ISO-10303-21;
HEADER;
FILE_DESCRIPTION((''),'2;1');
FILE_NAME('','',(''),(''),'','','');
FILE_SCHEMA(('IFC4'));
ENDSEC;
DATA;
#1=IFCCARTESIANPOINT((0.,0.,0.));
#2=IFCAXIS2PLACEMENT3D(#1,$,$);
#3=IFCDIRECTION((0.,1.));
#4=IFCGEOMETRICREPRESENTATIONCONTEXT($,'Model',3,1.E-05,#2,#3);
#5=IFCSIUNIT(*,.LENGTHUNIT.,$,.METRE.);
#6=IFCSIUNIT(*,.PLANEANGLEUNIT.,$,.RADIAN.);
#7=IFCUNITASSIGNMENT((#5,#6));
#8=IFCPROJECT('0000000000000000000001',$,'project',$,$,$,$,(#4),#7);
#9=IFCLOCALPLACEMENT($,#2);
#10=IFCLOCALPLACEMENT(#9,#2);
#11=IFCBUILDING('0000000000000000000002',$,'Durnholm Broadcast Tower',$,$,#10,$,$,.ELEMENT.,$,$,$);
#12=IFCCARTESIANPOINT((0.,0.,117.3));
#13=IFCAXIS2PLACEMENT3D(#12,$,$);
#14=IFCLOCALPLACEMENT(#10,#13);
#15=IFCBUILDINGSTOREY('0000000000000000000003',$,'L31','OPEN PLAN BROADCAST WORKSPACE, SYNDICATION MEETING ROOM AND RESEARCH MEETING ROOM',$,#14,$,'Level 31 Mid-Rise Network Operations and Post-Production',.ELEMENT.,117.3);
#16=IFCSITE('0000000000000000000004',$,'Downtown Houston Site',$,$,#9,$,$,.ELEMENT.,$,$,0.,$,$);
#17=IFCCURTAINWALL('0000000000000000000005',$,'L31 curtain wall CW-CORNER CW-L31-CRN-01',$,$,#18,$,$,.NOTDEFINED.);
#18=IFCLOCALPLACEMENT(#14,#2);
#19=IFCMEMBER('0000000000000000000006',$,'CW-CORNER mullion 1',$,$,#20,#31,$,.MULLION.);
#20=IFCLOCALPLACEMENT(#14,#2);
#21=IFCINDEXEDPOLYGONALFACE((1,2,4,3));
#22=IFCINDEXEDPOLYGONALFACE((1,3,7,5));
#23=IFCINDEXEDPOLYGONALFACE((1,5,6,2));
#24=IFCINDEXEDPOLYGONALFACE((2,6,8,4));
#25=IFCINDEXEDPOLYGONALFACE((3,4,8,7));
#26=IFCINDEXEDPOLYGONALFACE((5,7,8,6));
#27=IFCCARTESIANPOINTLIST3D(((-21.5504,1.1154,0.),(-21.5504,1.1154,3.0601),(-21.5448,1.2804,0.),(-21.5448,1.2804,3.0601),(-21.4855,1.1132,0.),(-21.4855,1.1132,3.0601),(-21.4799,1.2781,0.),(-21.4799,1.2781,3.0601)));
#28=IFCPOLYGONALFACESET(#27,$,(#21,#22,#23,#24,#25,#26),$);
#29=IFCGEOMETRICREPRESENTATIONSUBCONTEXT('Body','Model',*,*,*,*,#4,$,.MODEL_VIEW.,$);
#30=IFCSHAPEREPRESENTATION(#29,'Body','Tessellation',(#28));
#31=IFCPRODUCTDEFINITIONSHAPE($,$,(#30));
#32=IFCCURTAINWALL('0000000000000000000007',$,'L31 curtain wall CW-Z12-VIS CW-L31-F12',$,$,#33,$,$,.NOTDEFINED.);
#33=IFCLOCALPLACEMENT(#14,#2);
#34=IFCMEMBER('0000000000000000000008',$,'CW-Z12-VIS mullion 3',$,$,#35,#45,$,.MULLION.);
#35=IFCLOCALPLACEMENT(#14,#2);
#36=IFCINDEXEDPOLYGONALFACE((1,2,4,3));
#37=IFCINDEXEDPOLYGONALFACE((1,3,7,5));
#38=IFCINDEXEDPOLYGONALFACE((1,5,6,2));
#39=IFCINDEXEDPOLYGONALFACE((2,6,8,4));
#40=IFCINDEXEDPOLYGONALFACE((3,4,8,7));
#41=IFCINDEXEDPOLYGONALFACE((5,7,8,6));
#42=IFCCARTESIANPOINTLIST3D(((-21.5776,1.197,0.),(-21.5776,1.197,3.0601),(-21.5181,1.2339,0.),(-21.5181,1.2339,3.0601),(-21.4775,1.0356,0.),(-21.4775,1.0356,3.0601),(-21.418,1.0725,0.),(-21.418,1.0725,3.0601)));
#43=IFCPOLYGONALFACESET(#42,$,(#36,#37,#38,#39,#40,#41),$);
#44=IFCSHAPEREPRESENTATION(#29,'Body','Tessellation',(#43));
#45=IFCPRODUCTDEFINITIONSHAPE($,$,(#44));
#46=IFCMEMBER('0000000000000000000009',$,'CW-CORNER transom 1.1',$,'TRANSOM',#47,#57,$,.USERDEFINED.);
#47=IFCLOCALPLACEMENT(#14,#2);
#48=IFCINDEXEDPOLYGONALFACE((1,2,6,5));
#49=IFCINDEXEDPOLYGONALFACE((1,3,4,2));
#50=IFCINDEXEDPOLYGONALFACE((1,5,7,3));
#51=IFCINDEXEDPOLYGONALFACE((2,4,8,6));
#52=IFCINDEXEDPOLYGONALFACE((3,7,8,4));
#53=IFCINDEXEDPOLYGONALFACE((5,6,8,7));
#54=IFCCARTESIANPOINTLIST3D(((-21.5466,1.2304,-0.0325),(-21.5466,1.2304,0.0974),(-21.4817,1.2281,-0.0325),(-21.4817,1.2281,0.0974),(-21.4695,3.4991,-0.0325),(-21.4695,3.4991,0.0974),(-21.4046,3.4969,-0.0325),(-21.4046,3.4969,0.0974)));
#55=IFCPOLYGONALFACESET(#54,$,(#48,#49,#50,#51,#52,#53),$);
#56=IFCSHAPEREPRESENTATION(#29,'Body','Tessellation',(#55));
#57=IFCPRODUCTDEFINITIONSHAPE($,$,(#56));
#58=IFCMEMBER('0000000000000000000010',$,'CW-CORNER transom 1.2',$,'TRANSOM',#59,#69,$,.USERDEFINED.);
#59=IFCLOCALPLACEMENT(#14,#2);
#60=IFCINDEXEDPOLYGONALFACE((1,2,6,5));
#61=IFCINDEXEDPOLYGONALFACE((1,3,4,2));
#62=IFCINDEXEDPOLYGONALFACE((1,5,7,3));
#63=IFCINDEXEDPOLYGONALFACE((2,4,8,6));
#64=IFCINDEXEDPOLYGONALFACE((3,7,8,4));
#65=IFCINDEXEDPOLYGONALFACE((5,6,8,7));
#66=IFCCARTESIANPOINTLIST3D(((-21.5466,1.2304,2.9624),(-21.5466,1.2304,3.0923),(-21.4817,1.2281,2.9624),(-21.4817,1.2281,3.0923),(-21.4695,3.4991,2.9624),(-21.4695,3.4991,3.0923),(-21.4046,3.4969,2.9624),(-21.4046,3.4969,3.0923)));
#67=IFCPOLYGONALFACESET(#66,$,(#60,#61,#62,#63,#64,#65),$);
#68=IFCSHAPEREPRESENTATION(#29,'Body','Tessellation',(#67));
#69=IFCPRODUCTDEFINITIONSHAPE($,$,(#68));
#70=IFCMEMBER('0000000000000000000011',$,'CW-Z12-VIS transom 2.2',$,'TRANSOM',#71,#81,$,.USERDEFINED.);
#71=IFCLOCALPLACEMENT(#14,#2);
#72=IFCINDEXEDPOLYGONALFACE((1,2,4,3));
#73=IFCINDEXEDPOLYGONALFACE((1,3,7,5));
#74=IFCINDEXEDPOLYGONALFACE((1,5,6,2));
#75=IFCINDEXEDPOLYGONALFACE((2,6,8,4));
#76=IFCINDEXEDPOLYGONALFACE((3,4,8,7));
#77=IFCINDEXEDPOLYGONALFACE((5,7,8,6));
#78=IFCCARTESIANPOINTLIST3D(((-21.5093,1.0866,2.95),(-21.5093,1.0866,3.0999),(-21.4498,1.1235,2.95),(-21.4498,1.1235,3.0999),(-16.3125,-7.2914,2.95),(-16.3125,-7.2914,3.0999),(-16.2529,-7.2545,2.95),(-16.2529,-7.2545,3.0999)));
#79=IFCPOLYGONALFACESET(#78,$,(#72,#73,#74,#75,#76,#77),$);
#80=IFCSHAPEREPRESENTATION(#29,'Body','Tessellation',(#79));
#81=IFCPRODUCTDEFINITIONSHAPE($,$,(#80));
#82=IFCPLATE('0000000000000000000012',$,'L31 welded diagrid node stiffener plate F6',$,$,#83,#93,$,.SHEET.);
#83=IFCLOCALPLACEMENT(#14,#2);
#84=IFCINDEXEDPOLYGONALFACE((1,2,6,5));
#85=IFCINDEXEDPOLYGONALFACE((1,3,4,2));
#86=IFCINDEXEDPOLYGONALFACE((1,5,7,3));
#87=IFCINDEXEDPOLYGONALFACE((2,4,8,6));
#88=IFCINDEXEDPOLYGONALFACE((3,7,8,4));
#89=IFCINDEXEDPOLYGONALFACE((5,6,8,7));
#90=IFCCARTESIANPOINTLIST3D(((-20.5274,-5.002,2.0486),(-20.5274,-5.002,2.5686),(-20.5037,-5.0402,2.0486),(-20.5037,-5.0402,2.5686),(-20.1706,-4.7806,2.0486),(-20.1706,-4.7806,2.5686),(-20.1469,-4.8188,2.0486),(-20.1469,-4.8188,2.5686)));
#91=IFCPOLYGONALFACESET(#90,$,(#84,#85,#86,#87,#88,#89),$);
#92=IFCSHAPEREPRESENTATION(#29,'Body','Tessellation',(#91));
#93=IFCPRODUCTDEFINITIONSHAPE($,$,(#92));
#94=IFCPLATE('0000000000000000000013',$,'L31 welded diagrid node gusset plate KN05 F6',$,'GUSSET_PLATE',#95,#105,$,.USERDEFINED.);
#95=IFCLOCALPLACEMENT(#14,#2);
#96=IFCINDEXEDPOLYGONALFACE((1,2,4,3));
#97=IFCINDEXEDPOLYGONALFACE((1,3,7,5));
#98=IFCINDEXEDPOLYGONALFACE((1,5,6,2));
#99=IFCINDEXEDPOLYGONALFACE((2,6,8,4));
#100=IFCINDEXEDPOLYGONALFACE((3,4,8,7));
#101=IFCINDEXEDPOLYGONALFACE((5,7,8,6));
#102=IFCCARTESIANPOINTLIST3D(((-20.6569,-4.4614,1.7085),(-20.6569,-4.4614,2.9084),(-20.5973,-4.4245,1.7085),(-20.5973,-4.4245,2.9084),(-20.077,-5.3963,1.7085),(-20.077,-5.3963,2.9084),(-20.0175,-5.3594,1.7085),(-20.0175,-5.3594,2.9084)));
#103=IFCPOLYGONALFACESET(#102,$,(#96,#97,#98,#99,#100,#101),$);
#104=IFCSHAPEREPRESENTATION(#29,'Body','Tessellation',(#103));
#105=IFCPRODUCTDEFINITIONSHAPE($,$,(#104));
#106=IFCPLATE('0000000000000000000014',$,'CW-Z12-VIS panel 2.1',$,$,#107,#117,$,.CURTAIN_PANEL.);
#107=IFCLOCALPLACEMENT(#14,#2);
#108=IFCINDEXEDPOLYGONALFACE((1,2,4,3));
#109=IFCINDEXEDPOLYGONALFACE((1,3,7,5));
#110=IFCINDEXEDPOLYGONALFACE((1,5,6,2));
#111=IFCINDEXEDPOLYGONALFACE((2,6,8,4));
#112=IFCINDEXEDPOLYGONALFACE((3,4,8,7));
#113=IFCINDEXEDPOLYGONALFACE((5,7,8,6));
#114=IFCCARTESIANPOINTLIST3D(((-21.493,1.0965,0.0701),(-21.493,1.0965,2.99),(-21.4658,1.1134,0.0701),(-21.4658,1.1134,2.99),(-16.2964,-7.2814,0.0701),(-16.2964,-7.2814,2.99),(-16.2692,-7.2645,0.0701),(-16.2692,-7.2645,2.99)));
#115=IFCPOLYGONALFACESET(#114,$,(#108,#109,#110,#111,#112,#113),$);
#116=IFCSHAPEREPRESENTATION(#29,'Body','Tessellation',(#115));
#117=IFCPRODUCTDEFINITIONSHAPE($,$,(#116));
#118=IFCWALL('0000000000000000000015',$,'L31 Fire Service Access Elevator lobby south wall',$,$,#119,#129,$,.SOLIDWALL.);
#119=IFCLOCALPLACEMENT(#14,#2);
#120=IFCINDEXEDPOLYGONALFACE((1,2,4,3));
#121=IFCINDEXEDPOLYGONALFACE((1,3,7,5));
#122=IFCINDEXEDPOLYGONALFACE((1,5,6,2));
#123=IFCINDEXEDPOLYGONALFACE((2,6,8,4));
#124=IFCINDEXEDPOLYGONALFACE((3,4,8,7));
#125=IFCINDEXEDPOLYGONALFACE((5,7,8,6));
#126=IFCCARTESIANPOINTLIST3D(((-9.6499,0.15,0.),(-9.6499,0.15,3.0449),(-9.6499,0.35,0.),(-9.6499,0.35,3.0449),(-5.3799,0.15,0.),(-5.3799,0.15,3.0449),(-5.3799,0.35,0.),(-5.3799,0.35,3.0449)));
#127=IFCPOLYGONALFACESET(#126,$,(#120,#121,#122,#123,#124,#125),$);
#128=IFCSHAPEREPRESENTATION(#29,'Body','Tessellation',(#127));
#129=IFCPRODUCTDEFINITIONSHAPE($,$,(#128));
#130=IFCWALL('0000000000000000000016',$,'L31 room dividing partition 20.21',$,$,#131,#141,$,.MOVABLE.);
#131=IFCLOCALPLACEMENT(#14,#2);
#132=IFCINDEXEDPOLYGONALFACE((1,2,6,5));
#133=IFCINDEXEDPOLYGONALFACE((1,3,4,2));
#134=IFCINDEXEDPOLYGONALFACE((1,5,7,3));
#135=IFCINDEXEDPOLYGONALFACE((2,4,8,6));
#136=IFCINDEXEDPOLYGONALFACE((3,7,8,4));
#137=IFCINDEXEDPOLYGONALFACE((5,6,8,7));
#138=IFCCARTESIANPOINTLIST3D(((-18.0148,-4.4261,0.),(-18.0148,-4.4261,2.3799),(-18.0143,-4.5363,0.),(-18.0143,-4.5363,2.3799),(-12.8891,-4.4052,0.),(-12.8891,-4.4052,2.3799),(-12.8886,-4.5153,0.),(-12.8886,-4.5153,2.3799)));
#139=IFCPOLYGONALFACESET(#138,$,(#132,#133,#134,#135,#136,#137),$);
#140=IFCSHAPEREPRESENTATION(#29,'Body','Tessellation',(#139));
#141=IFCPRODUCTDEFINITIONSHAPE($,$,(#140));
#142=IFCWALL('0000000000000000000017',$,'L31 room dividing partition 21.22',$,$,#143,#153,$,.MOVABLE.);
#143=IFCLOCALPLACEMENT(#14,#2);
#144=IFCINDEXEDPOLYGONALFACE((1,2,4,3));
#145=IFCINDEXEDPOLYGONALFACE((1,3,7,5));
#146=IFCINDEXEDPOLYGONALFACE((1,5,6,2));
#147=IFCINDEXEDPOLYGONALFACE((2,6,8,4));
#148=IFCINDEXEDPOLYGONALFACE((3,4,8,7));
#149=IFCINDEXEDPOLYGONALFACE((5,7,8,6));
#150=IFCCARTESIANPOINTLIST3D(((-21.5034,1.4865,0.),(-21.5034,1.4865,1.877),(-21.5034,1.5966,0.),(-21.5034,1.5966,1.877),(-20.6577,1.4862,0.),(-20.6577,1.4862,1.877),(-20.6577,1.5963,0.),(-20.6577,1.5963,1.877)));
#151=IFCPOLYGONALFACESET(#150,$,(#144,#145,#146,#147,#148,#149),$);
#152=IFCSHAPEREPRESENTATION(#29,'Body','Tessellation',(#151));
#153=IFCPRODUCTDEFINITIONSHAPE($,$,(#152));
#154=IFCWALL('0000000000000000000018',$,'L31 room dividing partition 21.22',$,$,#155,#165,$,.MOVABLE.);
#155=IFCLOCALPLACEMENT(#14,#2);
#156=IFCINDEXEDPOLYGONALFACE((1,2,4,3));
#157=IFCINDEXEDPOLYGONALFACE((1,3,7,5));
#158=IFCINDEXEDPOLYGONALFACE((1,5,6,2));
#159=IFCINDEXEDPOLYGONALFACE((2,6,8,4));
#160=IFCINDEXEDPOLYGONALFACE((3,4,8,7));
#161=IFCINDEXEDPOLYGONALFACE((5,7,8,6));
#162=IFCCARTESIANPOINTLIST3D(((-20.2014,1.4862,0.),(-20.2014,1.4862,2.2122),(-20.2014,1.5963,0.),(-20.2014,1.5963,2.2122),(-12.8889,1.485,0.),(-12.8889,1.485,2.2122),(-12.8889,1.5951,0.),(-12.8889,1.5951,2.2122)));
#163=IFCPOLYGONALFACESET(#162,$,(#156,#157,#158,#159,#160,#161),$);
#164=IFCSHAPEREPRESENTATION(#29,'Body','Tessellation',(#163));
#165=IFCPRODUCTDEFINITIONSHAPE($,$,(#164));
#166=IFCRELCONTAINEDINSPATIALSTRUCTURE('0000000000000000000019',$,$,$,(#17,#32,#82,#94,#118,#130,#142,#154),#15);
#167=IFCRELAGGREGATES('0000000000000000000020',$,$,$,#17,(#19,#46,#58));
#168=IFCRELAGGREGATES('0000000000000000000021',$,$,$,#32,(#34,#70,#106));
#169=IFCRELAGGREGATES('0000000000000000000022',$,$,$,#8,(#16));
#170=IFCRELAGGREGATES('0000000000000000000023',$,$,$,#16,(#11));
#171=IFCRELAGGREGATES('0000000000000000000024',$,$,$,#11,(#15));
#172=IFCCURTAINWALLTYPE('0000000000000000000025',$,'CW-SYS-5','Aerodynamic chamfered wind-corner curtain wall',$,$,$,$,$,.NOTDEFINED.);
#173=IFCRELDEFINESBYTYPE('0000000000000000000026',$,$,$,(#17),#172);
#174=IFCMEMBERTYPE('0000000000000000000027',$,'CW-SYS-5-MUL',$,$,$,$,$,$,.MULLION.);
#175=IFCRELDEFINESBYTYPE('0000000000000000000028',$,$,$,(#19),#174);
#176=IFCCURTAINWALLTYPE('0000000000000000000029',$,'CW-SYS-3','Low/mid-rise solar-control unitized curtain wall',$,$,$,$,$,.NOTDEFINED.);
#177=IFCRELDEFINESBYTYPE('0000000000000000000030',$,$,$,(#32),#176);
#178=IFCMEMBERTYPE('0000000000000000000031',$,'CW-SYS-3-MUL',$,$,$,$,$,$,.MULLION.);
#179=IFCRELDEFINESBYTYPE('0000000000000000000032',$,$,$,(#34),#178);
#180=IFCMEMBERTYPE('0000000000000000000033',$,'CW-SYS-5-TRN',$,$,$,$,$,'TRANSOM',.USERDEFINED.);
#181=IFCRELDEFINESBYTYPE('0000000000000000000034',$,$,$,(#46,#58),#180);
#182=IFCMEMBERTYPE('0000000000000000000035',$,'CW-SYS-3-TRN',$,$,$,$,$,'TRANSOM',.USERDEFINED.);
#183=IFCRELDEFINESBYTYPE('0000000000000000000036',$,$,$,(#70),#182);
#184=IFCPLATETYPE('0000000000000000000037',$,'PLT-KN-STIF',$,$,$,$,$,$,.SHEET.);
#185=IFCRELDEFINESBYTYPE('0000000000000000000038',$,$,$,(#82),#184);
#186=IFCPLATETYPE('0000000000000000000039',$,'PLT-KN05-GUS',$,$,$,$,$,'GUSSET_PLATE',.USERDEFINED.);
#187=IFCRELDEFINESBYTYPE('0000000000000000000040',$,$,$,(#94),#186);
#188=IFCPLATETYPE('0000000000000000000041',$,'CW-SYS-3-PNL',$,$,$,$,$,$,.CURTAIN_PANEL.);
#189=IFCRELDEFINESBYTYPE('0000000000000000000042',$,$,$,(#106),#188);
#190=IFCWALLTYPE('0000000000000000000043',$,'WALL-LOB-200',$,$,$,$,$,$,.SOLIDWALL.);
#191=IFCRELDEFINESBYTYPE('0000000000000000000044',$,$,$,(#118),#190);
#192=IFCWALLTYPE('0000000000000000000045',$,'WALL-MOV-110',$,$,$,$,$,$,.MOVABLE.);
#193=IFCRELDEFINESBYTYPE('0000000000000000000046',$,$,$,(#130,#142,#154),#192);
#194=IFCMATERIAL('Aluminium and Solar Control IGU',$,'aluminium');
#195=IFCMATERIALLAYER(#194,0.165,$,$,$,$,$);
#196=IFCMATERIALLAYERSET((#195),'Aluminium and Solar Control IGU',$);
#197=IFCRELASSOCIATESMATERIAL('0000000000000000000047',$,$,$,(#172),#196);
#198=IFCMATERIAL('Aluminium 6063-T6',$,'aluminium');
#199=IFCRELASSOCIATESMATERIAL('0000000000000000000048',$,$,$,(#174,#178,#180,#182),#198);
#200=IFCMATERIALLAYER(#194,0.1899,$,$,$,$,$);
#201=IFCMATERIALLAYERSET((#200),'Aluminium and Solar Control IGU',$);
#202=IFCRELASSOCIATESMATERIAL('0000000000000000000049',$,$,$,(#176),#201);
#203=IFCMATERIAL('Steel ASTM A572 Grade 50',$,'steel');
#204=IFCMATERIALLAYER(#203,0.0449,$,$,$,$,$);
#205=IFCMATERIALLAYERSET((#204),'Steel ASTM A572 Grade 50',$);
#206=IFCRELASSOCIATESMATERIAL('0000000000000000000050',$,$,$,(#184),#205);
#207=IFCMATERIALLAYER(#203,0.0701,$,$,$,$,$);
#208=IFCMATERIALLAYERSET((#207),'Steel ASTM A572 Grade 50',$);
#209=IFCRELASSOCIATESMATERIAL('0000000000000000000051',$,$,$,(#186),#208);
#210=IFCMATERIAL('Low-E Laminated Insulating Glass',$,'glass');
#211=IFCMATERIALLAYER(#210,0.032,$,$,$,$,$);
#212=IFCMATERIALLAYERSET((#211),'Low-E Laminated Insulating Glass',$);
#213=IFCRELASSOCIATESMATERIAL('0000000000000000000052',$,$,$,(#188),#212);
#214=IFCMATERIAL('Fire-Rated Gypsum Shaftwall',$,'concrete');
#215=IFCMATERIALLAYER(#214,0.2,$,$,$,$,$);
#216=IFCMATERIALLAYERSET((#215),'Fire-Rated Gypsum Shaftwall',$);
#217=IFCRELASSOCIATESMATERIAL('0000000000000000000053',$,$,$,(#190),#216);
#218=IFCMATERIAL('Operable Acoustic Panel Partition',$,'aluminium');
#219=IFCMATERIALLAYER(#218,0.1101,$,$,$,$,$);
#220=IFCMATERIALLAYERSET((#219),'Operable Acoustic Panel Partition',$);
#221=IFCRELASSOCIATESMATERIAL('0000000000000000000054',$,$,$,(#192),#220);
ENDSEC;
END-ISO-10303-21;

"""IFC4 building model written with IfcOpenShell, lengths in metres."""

from ifc_helpers import new_model, si_unit, direction, frame, frame_2d, origin, origin_2d, place, context, subcontext, project, spatial, rectangle, extrude, source, transform, mapped, material, layer, layer_set, material_profile, profile_set, type_object, type_shapes, element, aggregate, save


model = new_model("IFC4")

# Units and contexts
model_context = context("Model", 3, precision=1e-05, world=origin(), true_north=direction((0.0, 1.0)))
body_context = subcontext(model_context, "Body", "Model", "MODEL_VIEW")
ifc_project = project(units=[si_unit("LENGTHUNIT", "METRE"), si_unit("PLANEANGLEUNIT", "RADIAN")], contexts=[model_context])

# Site, building, storey
site_placement = place(None, origin())
site = spatial("IfcSite", under=ifc_project, at=site_placement, Name="Downtown Houston Site", CompositionType="ELEMENT", RefElevation=0.0)
building_placement = place(site_placement, origin())
building = spatial("IfcBuilding", under=site, at=building_placement, Name="Durnholm Broadcast Tower", CompositionType="ELEMENT")
storey_placement = place(building_placement, frame((0.0, 0.0, 117.3)))
storey = spatial("IfcBuildingStorey", under=building, at=storey_placement, Name="L31", Description="OPEN PLAN BROADCAST WORKSPACE, SYNDICATION MEETING ROOM AND RESEARCH MEETING ROOM", LongName="Level 31 Mid-Rise Network Operations and Post-Production", CompositionType="ELEMENT", Elevation=117.3)

# Curtain walls, members
ifc_material_1 = material(Name="Aluminium and Solar Control IGU", Category="aluminium")
ifc_layer_1 = layer(ifc_material_1, 0.165)
ifc_layer_set_1 = layer_set([ifc_layer_1], Name="Aluminium and Solar Control IGU")
curtain_wall_type_1 = type_object("IfcCurtainWallType", Name="CW-SYS-5", Description="Aerodynamic chamfered wind-corner curtain wall", PredefinedType="NOTDEFINED", material=ifc_layer_set_1)
curtain_wall_1_placement = place(storey_placement, origin())
curtain_wall_1 = element("IfcCurtainWall", 1, at=curtain_wall_1_placement, inside=storey, type_object=curtain_wall_type_1, Name="L31 curtain wall CW-CORNER CW-L31-CRN-01", PredefinedType="NOTDEFINED")
ifc_material_2 = material(Name="Aluminium 6063-T6", Category="aluminium")
ifc_material_profile_1 = material_profile(ifc_material_2, rectangle(XDim=0.0649, YDim=0.165, at=origin_2d()), Name="CWM65X165")
ifc_profile_set_1 = profile_set([ifc_material_profile_1], Name="Aluminium 6063-T6")
member_type_1 = type_object("IfcMemberType", Name="CW-SYS-5-MUL", PredefinedType="MULLION", material=ifc_profile_set_1)
shared_shape_1 = source(origin(), body_context, "Body", "SweptSolid", [
    extrude(rectangle(XDim=0.0649, YDim=0.165, at=origin_2d()), origin(), (0.0, 0.0, 1.0), 3.0601),
])
type_shapes(member_type_1, [shared_shape_1])
member_1_placement = place(storey_placement, frame((-21.5151, 1.1968, 0.0), z_axis=(0.0, 0.0, 1.0), x_axis=(-0.999425, 0.033917, 0.0)))
member_1 = element("IfcMember", 2, at=member_1_placement, type_object=member_type_1, Name="CW-CORNER mullion 1", PredefinedType="MULLION", context=body_context, shape_type="MappedRepresentation", body=[
    mapped(shared_shape_1, transform((0.0, 0.0, 0.0), x_axis=(1.0, 0.0, 0.0), y_axis=(0.0, 1.0, 0.0), z_axis=(0.0, 0.0, 1.0), scale=1.0)),
])
ifc_layer_2 = layer(ifc_material_1, 0.1899)
ifc_layer_set_2 = layer_set([ifc_layer_2], Name="Aluminium and Solar Control IGU")
curtain_wall_type_2 = type_object("IfcCurtainWallType", Name="CW-SYS-3", Description="Low/mid-rise solar-control unitized curtain wall", PredefinedType="NOTDEFINED", material=ifc_layer_set_2)
curtain_wall_2_placement = place(storey_placement, origin())
curtain_wall_2 = element("IfcCurtainWall", 3, at=curtain_wall_2_placement, inside=storey, type_object=curtain_wall_type_2, Name="L31 curtain wall CW-Z12-VIS CW-L31-F12", PredefinedType="NOTDEFINED")
ifc_material_profile_2 = material_profile(ifc_material_2, rectangle(XDim=0.0701, YDim=0.1899, at=origin_2d()), Name="CWM70X190")
ifc_profile_set_2 = profile_set([ifc_material_profile_2], Name="Aluminium 6063-T6")
member_type_2 = type_object("IfcMemberType", Name="CW-SYS-3-MUL", PredefinedType="MULLION", material=ifc_profile_set_2)
shared_shape_2 = source(origin(), body_context, "Body", "SweptSolid", [
    extrude(rectangle(XDim=0.0701, YDim=0.1899, at=origin_2d()), origin(), (0.0, 0.0, 1.0), 3.0601),
])
type_shapes(member_type_2, [shared_shape_2])
member_2_placement = place(storey_placement, frame((-21.4978, 1.1348, 0.0), z_axis=(0.0, 0.0, 1.0), x_axis=(-0.8498, -0.527105, 0.0)))
member_2 = element("IfcMember", 4, at=member_2_placement, type_object=member_type_2, Name="CW-Z12-VIS mullion 3", PredefinedType="MULLION", context=body_context, shape_type="MappedRepresentation", body=[
    mapped(shared_shape_2, transform((0.0, 0.0, 0.0), x_axis=(1.0, 0.0, 0.0), y_axis=(0.0, 1.0, 0.0), z_axis=(0.0, 0.0, 1.0), scale=1.0)),
])

# Members
ifc_material_profile_3 = material_profile(ifc_material_2, rectangle(XDim=0.0649, YDim=0.1299, at=origin_2d()), Name="CWT65X130")
ifc_profile_set_3 = profile_set([ifc_material_profile_3], Name="Aluminium 6063-T6")
member_type_3 = type_object("IfcMemberType", Name="CW-SYS-5-TRN", ElementType="TRANSOM", PredefinedType="USERDEFINED", material=ifc_profile_set_3)
shared_shape_3 = source(origin(), body_context, "Body", "SweptSolid", [
    extrude(rectangle(XDim=0.0649, YDim=0.1299, at=origin_2d()), origin(), (0.0, 0.0, 1.0), 2.27),
])
type_shapes(member_type_3, [shared_shape_3])
member_3_placement = place(storey_placement, frame((-21.5142, 1.2292, 0.0325), z_axis=(0.033984, 0.999422, 0.0), x_axis=(-0.999422, 0.033984, 0.0)))
member_3 = element("IfcMember", 5, at=member_3_placement, type_object=member_type_3, Name="CW-CORNER transom 1.1", ObjectType="TRANSOM", PredefinedType="USERDEFINED", context=body_context, shape_type="MappedRepresentation", body=[
    mapped(shared_shape_3, transform((0.0, 0.0, 0.0), x_axis=(1.0, 0.0, 0.0), y_axis=(0.0, 1.0, 0.0), z_axis=(0.0, 0.0, 1.0), scale=1.0)),
])
member_4_placement = place(storey_placement, frame((-21.5142, 1.2292, 3.0273), z_axis=(0.033984, 0.999422, 0.0), x_axis=(-0.999422, 0.033984, 0.0)))
member_4 = element("IfcMember", 6, at=member_4_placement, type_object=member_type_3, Name="CW-CORNER transom 1.2", ObjectType="TRANSOM", PredefinedType="USERDEFINED", context=body_context, shape_type="MappedRepresentation", body=[
    mapped(shared_shape_3, transform((0.0, 0.0, 0.0), x_axis=(1.0, 0.0, 0.0), y_axis=(0.0, 1.0, 0.0), z_axis=(0.0, 0.0, 1.0), scale=1.0)),
])
aggregate(curtain_wall_1, [member_1, member_3, member_4])
ifc_material_profile_4 = material_profile(ifc_material_2, rectangle(XDim=0.0701, YDim=0.1499, at=origin_2d()), Name="CWT70X150")
ifc_profile_set_4 = profile_set([ifc_material_profile_4], Name="Aluminium 6063-T6")
member_type_4 = type_object("IfcMemberType", Name="CW-SYS-3-TRN", ElementType="TRANSOM", PredefinedType="USERDEFINED", material=ifc_profile_set_4)
shared_shape_4 = source(origin(), body_context, "Body", "SweptSolid", [
    extrude(rectangle(XDim=0.0701, YDim=0.1499, at=origin_2d()), origin(), (0.0, 0.0, 1.0), 9.8589),
])
type_shapes(member_type_4, [shared_shape_4])
member_5_placement = place(storey_placement, frame((-16.2827, -7.2729, 3.0249), z_axis=(-0.52712, 0.849791, 0.0), x_axis=(-0.849791, -0.52712, 0.0)))
member_5 = element("IfcMember", 7, at=member_5_placement, type_object=member_type_4, Name="CW-Z12-VIS transom 2.2", ObjectType="TRANSOM", PredefinedType="USERDEFINED", context=body_context, shape_type="MappedRepresentation", body=[
    mapped(shared_shape_4, transform((0.0, 0.0, 0.0), x_axis=(1.0, 0.0, 0.0), y_axis=(0.0, 1.0, 0.0), z_axis=(0.0, 0.0, 1.0), scale=1.0)),
])

# Plates
ifc_material_3 = material(Name="Steel ASTM A572 Grade 50", Category="steel")
ifc_layer_3 = layer(ifc_material_3, 0.0449)
ifc_layer_set_3 = layer_set([ifc_layer_3], Name="Steel ASTM A572 Grade 50")
plate_type_1 = type_object("IfcPlateType", Name="PLT-KN-STIF", PredefinedType="SHEET", material=ifc_layer_set_3)
shared_shape_5 = source(origin(), body_context, "Body", "SweptSolid", [
    extrude(rectangle(XDim=0.0449, YDim=0.4199, at=origin_2d()), origin(), (0.0, 0.0, 1.0), 0.52),
])
type_shapes(plate_type_1, [shared_shape_5])
plate_1_placement = place(storey_placement, frame((-20.3372, -4.9104, 2.0486), z_axis=(0.0, 0.0, 1.0), x_axis=(0.527104, -0.849801, 0.0)))
element("IfcPlate", 8, at=plate_1_placement, inside=storey, type_object=plate_type_1, Name="L31 welded diagrid node stiffener plate F6", PredefinedType="SHEET", context=body_context, shape_type="MappedRepresentation", body=[
    mapped(shared_shape_5, transform((0.0, 0.0, 0.0), x_axis=(1.0, 0.0, 0.0), y_axis=(0.0, 1.0, 0.0), z_axis=(0.0, 0.0, 1.0), scale=1.0)),
])
ifc_layer_4 = layer(ifc_material_3, 0.0701)
ifc_layer_set_4 = layer_set([ifc_layer_4], Name="Steel ASTM A572 Grade 50")
plate_type_2 = type_object("IfcPlateType", Name="PLT-KN05-GUS", ElementType="GUSSET_PLATE", PredefinedType="USERDEFINED", material=ifc_layer_set_4)
shared_shape_6 = source(origin(), body_context, "Body", "SweptSolid", [
    extrude(rectangle(XDim=1.1001, YDim=0.0701, at=origin_2d()), origin(), (0.0, 0.0, 1.0), 1.2),
])
type_shapes(plate_type_2, [shared_shape_6])
plate_2_placement = place(storey_placement, frame((-20.3372, -4.9104, 1.7085), z_axis=(0.0, 0.0, 1.0), x_axis=(0.527104, -0.849801, 0.0)))
element("IfcPlate", 9, at=plate_2_placement, inside=storey, type_object=plate_type_2, Name="L31 welded diagrid node gusset plate KN05 F6", ObjectType="GUSSET_PLATE", PredefinedType="USERDEFINED", context=body_context, shape_type="MappedRepresentation", body=[
    mapped(shared_shape_6, transform((0.0, 0.0, 0.0), x_axis=(1.0, 0.0, 0.0), y_axis=(0.0, 1.0, 0.0), z_axis=(0.0, 0.0, 1.0), scale=1.0)),
])

# Plate
ifc_material_4 = material(Name="Low-E Laminated Insulating Glass", Category="glass")
ifc_layer_5 = layer(ifc_material_4, 0.032)
ifc_layer_set_5 = layer_set([ifc_layer_5], Name="Low-E Laminated Insulating Glass")
plate_type_3 = type_object("IfcPlateType", Name="CW-SYS-3-PNL", PredefinedType="CURTAIN_PANEL", material=ifc_layer_set_5)
shared_shape_7 = source(origin(), body_context, "Body", "SweptSolid", [
    extrude(rectangle(XDim=9.8586, YDim=0.032, at=origin_2d()), origin(), (0.0, 0.0, 1.0), 2.9199),
])
type_shapes(plate_type_3, [shared_shape_7])
plate_3_placement = place(storey_placement, frame((-18.8811, -3.084, 0.0701), z_axis=(0.0, 0.0, 1.0), x_axis=(-0.527105, 0.8498, 0.0)))
plate_3 = element("IfcPlate", 10, at=plate_3_placement, type_object=plate_type_3, Name="CW-Z12-VIS panel 2.1", PredefinedType="CURTAIN_PANEL", context=body_context, shape_type="MappedRepresentation", body=[
    mapped(shared_shape_7, transform((0.0, 0.0, 0.0), x_axis=(1.0, 0.0, 0.0), y_axis=(0.0, 1.0, 0.0), z_axis=(0.0, 0.0, 1.0), scale=1.0)),
])
aggregate(curtain_wall_2, [member_2, member_5, plate_3])

# Walls
ifc_material_5 = material(Name="Fire-Rated Gypsum Shaftwall", Category="concrete")
ifc_layer_6 = layer(ifc_material_5, 0.2)
ifc_layer_set_6 = layer_set([ifc_layer_6], Name="Fire-Rated Gypsum Shaftwall")
wall_type_1 = type_object("IfcWallType", Name="WALL-LOB-200", PredefinedType="SOLIDWALL", material=ifc_layer_set_6)
wall_1_placement = place(storey_placement, frame((-9.6499, 0.25, 0.0), z_axis=(0.0, 0.0, 1.0), x_axis=(1.0, 0.0, 0.0)))
element("IfcWall", 11, at=wall_1_placement, inside=storey, type_object=wall_type_1, Name="L31 Fire Service Access Elevator lobby south wall", PredefinedType="SOLIDWALL", context=body_context, shape_type="SweptSolid", body=[
    extrude(rectangle(XDim=4.27, YDim=0.2, at=frame_2d((2.135, 0.0))), origin(), (0.0, 0.0, 1.0), 3.0449),
])
ifc_material_6 = material(Name="Operable Acoustic Panel Partition", Category="aluminium")
ifc_layer_7 = layer(ifc_material_6, 0.1101)
ifc_layer_set_7 = layer_set([ifc_layer_7], Name="Operable Acoustic Panel Partition")
wall_type_2 = type_object("IfcWallType", Name="WALL-MOV-110", PredefinedType="MOVABLE", material=ifc_layer_set_7)
wall_2_placement = place(storey_placement, frame((-18.0146, -4.4812, 0.0), z_axis=(0.0, 0.0, 1.0), x_axis=(0.999992, 0.004096, 0.0)))
element("IfcWall", 12, at=wall_2_placement, inside=storey, type_object=wall_type_2, Name="L31 room dividing partition 20.21", PredefinedType="MOVABLE", context=body_context, shape_type="SweptSolid", body=[
    extrude(rectangle(XDim=5.1257, YDim=0.1101, at=frame_2d((2.563, 0.0))), origin(), (0.0, 0.0, 1.0), 2.3799),
])
wall_3_placement = place(storey_placement, frame((-21.5034, 1.5415, 0.0), z_axis=(0.0, 0.0, 1.0), x_axis=(1.0, -0.000289, 0.0)))
element("IfcWall", 13, at=wall_3_placement, inside=storey, type_object=wall_type_2, Name="L31 room dividing partition 21.22", PredefinedType="MOVABLE", context=body_context, shape_type="SweptSolid", body=[
    extrude(rectangle(XDim=0.8457, YDim=0.1101, at=frame_2d((0.4229, 0.0))), origin(), (0.0, 0.0, 1.0), 1.877),
])
wall_4_placement = place(storey_placement, frame((-20.2014, 1.5413, 0.0), z_axis=(0.0, 0.0, 1.0), x_axis=(1.0, -0.000167, 0.0)))
element("IfcWall", 14, at=wall_4_placement, inside=storey, type_object=wall_type_2, Name="L31 room dividing partition 21.22", PredefinedType="MOVABLE", context=body_context, shape_type="SweptSolid", body=[
    extrude(rectangle(XDim=7.3125, YDim=0.1101, at=frame_2d((3.6562, 0.0))), origin(), (0.0, 0.0, 1.0), 2.2122),
])

save(model, "model.ifc")
